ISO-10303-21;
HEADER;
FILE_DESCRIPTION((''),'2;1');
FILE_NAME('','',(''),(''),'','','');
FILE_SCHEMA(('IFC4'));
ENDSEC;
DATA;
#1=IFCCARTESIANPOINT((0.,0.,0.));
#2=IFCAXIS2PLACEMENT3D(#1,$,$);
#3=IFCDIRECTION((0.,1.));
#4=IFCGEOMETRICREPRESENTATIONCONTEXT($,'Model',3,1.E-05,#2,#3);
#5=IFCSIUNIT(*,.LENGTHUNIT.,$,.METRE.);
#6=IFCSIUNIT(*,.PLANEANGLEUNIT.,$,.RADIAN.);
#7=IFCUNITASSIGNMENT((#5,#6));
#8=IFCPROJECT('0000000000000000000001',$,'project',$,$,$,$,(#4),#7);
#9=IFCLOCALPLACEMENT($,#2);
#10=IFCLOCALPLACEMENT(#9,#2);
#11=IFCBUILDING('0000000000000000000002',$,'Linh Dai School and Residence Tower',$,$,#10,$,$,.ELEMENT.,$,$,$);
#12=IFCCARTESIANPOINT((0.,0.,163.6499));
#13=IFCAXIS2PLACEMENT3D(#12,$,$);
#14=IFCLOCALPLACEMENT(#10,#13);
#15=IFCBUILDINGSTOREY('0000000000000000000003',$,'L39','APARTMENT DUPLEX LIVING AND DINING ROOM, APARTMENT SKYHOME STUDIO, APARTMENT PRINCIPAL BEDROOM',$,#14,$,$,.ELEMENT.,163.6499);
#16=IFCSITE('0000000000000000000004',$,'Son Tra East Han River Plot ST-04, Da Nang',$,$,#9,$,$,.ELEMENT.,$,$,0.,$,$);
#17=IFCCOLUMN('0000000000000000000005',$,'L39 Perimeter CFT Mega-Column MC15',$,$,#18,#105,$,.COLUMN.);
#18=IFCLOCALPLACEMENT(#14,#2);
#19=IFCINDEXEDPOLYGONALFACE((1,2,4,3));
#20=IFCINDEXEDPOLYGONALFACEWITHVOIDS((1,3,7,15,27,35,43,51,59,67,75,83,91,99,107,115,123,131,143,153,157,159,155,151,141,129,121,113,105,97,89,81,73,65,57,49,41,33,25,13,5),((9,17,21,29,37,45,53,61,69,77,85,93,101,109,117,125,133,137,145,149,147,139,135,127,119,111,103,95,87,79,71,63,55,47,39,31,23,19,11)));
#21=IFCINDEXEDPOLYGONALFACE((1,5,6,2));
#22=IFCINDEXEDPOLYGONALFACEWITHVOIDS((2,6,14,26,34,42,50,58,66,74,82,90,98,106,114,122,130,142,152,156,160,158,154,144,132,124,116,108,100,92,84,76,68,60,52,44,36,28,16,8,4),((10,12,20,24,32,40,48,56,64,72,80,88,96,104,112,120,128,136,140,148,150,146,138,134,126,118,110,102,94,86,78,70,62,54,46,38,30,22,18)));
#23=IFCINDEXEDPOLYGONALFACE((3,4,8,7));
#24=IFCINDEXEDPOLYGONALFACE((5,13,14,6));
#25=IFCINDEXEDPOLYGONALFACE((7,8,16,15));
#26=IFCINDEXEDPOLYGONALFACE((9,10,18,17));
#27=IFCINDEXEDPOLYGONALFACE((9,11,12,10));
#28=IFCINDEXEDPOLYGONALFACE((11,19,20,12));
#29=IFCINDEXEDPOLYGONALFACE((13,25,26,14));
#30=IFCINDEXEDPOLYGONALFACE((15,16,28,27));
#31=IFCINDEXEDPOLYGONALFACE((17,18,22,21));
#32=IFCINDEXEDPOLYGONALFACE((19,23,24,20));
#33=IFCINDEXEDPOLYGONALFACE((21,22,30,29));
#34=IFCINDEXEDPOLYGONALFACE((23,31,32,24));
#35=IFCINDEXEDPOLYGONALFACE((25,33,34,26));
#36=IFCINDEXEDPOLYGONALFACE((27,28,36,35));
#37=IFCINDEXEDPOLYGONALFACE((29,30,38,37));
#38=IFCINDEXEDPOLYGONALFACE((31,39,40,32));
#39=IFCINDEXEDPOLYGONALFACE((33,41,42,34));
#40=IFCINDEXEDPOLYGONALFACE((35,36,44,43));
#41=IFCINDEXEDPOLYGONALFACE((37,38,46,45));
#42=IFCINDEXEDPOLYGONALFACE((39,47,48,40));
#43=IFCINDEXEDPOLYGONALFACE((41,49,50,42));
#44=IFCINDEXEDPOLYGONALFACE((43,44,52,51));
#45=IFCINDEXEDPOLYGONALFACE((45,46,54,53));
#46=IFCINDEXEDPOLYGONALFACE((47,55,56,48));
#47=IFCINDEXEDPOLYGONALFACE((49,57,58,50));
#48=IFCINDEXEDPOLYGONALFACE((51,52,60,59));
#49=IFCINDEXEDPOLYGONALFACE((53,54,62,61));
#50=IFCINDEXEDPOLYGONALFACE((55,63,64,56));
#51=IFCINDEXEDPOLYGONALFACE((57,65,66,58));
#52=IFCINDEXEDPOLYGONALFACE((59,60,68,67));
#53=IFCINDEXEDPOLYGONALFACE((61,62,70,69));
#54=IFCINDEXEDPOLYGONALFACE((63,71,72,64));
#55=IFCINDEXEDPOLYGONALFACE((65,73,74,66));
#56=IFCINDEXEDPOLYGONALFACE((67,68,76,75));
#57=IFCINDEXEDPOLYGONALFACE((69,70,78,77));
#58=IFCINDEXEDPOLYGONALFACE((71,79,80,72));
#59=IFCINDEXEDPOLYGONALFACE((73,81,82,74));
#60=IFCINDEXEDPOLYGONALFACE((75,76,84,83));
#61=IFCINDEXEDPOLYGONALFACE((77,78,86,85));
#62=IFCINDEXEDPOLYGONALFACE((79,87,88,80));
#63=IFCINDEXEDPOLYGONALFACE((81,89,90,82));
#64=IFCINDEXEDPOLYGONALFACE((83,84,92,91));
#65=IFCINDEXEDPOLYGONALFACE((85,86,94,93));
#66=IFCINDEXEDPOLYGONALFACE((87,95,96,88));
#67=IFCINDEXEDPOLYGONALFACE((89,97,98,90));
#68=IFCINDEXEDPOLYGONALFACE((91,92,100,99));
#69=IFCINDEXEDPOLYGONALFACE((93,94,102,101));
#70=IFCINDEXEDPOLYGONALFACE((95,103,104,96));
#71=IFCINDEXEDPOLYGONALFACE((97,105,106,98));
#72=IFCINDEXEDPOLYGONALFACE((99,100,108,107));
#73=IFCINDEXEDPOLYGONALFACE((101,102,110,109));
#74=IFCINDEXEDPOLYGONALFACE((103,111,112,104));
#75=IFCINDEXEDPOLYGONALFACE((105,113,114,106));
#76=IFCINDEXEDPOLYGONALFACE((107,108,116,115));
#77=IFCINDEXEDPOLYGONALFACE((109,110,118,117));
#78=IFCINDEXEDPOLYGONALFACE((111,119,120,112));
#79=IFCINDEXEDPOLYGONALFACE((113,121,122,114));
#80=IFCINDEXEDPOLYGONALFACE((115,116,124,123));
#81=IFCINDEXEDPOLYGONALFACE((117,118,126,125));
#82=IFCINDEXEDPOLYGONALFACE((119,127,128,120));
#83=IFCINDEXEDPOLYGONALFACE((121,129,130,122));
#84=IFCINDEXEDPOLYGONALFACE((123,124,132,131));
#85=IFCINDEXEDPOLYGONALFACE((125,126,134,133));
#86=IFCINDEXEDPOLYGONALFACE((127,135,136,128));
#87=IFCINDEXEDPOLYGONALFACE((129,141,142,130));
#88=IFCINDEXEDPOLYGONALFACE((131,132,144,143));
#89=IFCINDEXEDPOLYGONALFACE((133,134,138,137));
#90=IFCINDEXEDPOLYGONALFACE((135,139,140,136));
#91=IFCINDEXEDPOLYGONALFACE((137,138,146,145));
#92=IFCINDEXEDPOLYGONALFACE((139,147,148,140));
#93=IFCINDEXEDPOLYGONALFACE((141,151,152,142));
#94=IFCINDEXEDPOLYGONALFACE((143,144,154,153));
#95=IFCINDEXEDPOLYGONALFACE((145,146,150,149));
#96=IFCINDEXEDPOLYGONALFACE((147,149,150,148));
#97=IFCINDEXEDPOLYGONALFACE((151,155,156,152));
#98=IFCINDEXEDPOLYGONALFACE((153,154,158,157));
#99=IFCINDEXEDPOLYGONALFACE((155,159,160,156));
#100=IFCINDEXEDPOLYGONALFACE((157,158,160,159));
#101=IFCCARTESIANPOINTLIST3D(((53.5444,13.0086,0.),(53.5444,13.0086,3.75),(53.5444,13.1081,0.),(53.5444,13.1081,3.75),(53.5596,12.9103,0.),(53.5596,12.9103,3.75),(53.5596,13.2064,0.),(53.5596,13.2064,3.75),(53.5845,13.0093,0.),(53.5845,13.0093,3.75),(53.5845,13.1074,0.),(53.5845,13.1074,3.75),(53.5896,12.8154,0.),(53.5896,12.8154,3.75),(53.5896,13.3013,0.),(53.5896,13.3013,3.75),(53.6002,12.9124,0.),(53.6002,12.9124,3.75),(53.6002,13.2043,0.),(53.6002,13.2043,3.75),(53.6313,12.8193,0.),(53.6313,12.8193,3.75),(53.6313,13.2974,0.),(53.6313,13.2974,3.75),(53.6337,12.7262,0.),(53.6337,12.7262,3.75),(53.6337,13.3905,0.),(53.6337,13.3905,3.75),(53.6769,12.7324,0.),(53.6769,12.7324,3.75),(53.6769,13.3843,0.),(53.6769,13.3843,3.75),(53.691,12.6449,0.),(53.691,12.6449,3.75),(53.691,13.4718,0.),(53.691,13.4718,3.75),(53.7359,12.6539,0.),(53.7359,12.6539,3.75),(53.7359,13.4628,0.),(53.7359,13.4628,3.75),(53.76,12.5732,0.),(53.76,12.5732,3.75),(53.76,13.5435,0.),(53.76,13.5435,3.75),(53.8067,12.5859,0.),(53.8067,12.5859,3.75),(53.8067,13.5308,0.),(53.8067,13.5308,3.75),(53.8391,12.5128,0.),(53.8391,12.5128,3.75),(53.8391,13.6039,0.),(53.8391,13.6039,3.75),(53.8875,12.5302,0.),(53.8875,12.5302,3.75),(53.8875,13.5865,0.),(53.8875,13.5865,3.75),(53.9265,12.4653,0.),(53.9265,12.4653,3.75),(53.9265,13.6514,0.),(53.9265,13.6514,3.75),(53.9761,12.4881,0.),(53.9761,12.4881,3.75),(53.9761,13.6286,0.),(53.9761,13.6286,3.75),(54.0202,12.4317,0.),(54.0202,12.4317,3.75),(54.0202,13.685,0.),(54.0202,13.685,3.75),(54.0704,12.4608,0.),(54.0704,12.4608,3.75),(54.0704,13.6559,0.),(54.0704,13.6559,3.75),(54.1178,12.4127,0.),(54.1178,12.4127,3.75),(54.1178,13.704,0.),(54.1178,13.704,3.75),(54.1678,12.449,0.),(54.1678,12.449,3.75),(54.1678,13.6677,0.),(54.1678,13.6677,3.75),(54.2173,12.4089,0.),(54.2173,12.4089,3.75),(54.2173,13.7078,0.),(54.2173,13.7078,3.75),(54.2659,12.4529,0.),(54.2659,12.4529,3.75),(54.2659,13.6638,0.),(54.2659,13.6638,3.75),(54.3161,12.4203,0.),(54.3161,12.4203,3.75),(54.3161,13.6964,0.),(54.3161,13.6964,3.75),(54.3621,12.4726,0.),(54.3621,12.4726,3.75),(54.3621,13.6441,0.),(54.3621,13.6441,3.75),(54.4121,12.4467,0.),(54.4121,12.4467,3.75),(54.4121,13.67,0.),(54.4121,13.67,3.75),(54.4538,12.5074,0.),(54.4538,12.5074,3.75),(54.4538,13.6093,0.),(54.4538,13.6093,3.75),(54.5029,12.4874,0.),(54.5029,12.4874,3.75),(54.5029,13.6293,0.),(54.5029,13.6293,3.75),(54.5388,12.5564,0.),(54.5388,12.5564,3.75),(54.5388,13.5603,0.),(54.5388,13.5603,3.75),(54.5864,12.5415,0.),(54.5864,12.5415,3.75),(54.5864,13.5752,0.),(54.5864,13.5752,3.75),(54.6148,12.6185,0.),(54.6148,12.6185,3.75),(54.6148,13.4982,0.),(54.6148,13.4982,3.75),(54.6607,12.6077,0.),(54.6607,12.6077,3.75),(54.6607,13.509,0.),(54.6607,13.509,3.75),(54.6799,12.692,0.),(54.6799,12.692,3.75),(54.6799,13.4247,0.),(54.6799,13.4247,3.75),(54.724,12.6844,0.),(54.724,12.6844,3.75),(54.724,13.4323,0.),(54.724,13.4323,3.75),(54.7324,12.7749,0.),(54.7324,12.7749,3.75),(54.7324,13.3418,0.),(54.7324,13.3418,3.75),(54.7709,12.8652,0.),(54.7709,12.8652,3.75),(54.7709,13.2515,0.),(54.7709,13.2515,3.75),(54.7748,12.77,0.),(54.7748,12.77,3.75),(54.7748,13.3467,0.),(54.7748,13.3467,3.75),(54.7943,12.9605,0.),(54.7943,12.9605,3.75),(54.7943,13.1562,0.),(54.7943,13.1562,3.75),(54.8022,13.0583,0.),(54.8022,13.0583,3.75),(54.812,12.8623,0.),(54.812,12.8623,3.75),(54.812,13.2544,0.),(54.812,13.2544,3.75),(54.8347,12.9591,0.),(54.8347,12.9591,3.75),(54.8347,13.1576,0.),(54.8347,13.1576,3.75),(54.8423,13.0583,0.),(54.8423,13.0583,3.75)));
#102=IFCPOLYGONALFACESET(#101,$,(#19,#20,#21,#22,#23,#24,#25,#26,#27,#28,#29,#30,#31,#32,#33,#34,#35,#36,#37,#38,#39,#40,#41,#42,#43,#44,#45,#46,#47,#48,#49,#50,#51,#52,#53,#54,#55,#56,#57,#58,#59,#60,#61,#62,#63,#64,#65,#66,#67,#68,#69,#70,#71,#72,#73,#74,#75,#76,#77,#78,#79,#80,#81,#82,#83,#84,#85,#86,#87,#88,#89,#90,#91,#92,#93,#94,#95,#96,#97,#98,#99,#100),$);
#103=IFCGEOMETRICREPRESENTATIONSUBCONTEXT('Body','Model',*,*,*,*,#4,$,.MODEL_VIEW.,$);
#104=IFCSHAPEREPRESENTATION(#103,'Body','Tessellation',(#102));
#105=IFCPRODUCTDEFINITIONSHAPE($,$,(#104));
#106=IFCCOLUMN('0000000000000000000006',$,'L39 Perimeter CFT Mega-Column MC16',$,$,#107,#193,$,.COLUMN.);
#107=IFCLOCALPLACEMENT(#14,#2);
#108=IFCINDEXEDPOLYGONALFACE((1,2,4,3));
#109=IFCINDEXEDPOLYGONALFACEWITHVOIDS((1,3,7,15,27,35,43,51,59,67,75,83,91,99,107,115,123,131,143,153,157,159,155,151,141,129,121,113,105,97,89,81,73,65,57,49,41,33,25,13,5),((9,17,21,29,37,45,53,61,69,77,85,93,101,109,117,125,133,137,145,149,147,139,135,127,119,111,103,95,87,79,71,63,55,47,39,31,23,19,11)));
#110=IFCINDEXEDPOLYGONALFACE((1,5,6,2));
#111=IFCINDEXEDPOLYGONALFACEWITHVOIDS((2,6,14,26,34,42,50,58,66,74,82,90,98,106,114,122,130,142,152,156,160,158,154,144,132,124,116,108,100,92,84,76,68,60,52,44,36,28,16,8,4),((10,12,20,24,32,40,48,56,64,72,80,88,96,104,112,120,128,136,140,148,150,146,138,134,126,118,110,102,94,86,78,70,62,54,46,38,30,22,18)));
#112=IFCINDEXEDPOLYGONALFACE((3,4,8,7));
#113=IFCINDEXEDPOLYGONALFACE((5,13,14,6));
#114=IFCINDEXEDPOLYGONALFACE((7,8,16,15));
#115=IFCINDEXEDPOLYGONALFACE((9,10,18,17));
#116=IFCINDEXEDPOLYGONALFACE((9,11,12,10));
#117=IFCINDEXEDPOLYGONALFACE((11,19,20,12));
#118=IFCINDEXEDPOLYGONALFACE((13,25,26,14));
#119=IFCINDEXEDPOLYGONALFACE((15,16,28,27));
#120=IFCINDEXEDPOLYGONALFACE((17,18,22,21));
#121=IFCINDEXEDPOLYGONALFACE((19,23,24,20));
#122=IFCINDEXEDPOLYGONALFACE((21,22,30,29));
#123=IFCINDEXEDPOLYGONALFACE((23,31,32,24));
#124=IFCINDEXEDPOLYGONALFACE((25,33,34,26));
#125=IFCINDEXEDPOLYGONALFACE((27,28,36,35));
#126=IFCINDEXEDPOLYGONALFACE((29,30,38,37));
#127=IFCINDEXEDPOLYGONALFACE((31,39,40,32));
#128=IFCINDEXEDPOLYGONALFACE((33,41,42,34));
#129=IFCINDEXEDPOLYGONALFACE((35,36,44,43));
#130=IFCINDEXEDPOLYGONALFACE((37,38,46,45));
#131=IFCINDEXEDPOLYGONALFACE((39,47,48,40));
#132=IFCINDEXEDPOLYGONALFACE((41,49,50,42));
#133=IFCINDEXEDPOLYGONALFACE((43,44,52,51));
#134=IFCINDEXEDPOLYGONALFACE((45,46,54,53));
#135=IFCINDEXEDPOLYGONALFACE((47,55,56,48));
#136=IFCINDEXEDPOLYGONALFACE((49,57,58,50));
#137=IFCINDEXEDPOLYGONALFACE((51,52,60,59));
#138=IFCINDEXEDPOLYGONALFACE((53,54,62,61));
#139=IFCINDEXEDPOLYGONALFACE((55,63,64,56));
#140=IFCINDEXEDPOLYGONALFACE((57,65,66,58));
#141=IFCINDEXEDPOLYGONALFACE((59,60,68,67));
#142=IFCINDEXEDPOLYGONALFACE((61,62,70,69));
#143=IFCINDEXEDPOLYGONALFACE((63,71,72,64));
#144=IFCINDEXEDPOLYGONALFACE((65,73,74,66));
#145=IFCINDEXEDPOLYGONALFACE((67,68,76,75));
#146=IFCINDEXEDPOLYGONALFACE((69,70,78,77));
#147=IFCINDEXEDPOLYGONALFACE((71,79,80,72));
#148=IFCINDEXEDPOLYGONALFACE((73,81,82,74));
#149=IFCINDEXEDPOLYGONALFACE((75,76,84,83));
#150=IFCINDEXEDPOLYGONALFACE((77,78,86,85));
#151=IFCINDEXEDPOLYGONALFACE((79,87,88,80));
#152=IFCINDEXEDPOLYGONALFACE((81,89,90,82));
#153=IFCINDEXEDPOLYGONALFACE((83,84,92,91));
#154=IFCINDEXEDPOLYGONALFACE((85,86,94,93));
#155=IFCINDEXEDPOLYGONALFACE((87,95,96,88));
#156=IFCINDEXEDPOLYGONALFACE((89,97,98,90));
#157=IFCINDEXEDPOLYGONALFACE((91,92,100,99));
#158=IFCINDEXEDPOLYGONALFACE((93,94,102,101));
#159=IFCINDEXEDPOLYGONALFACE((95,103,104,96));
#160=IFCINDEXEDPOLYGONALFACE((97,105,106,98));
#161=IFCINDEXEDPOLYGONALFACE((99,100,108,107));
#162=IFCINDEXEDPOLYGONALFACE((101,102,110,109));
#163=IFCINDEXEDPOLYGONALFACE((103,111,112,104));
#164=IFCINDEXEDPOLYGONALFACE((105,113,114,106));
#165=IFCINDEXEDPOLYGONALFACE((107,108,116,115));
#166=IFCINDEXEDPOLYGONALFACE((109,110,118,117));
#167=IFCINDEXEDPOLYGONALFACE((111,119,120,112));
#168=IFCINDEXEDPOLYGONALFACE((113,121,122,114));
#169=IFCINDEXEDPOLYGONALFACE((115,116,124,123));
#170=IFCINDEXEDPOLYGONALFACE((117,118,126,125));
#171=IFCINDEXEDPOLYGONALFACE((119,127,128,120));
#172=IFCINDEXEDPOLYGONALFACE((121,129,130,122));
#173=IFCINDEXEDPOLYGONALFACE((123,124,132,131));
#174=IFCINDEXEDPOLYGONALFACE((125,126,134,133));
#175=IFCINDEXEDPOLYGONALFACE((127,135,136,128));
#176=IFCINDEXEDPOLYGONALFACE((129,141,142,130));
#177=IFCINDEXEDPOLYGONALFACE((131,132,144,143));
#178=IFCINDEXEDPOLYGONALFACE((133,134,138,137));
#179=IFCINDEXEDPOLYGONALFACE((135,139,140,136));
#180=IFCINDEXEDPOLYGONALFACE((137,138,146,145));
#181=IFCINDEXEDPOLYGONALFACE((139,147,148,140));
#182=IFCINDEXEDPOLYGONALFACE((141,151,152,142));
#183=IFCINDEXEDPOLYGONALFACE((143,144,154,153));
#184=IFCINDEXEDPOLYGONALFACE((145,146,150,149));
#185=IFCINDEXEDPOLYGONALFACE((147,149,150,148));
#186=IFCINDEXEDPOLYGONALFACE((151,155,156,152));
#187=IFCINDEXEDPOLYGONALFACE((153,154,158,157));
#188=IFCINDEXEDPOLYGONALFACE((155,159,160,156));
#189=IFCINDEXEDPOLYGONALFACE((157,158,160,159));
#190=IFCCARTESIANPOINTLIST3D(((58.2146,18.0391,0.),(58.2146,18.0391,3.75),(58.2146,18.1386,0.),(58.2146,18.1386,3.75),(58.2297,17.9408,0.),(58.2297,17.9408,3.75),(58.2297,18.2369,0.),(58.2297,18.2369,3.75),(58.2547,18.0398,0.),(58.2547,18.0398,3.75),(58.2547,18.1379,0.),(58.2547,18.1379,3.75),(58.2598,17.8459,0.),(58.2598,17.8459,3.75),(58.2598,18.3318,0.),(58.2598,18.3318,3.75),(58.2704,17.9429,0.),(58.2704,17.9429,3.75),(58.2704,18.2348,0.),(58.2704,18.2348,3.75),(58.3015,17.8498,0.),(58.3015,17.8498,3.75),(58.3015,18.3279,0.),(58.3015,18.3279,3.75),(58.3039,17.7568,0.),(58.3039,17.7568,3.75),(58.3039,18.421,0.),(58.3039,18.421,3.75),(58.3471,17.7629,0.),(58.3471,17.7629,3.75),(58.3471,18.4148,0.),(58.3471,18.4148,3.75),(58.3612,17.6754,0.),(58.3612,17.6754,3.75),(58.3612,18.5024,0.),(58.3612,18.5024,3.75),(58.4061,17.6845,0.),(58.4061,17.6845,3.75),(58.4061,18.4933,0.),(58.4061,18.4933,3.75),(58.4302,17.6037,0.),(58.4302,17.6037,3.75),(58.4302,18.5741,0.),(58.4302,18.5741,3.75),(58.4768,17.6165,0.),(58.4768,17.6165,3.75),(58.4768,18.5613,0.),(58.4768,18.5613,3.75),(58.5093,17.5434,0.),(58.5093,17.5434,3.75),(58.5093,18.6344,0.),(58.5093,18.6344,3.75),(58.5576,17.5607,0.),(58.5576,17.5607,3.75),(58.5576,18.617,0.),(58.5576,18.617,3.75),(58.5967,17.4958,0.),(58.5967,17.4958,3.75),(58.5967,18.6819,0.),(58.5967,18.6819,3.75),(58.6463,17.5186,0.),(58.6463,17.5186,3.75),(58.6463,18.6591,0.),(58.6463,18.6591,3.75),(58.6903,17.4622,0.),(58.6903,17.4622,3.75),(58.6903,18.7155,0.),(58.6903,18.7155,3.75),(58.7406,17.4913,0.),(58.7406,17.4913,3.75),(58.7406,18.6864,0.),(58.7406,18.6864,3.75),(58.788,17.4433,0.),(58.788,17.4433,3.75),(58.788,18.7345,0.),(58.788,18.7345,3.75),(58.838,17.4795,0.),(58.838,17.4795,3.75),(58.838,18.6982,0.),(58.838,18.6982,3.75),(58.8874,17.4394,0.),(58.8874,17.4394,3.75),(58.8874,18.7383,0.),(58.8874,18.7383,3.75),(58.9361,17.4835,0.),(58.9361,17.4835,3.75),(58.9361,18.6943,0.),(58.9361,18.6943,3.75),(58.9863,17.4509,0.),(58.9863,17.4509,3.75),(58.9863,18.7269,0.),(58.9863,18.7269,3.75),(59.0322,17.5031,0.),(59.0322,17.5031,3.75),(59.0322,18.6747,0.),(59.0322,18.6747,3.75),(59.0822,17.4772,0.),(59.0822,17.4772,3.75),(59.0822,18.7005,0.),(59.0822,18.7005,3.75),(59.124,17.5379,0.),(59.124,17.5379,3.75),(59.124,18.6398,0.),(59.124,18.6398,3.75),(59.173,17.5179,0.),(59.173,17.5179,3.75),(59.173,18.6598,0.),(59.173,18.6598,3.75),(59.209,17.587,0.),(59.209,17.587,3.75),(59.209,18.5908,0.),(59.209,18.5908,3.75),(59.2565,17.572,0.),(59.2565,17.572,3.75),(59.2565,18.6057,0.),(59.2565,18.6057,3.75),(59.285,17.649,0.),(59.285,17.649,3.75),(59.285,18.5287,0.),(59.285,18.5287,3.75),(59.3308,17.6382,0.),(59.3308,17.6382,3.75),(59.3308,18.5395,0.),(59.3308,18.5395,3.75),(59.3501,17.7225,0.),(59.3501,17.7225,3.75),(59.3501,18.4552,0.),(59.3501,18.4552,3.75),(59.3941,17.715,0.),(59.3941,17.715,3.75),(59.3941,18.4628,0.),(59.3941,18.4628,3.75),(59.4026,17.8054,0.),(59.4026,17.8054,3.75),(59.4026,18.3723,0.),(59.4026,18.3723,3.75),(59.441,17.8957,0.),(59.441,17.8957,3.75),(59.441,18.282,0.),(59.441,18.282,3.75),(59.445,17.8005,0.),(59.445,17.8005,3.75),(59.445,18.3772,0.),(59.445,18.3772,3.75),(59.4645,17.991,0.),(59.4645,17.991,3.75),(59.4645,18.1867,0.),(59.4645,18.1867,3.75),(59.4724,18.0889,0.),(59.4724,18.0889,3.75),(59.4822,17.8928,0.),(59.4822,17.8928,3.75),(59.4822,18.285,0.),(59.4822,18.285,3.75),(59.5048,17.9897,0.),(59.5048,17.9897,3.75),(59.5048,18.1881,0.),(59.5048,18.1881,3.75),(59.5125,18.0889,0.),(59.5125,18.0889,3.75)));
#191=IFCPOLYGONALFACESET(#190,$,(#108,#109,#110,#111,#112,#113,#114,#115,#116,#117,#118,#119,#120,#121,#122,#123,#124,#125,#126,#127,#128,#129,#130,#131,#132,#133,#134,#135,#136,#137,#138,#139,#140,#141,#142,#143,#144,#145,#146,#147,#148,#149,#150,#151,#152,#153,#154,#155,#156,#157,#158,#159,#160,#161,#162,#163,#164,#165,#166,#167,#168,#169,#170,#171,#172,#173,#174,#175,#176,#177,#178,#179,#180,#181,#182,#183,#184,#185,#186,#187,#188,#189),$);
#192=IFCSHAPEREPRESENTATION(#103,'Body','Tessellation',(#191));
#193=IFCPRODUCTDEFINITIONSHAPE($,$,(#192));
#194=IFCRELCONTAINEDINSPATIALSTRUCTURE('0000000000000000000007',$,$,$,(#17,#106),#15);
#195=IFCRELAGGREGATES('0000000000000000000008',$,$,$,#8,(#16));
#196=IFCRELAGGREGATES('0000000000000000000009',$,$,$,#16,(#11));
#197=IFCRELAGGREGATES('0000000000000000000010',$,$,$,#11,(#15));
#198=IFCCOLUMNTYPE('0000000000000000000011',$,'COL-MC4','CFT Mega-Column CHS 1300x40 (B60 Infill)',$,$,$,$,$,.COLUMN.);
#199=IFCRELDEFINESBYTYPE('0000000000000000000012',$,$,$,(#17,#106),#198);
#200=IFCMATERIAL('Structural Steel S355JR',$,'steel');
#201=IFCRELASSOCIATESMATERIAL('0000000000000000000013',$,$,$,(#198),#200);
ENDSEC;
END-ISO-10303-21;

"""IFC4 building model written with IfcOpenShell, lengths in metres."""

from ifc_helpers import new_model, si_unit, direction, frame, origin, origin_2d, place, context, subcontext, project, spatial, hollow_circle, extrude, material, material_profile, profile_set, type_object, element, save


model = new_model("IFC4")

# Units and contexts
model_context = context("Model", 3, precision=1e-05, world=origin(), true_north=direction((0.0, 1.0)))
body_context = subcontext(model_context, "Body", "Model", "MODEL_VIEW")
ifc_project = project(units=[si_unit("LENGTHUNIT", "METRE"), si_unit("PLANEANGLEUNIT", "RADIAN")], contexts=[model_context])

# Site, building, storey
site_placement = place(None, origin())
site = spatial("IfcSite", under=ifc_project, at=site_placement, Name="Son Tra East Han River Plot ST-04, Da Nang", CompositionType="ELEMENT", RefElevation=0.0)
building_placement = place(site_placement, origin())
building = spatial("IfcBuilding", under=site, at=building_placement, Name="Linh Dai School and Residence Tower", CompositionType="ELEMENT")
storey_placement = place(building_placement, frame((0.0, 0.0, 163.6499)))
storey = spatial("IfcBuildingStorey", under=building, at=storey_placement, Name="L39", Description="APARTMENT DUPLEX LIVING AND DINING ROOM, APARTMENT SKYHOME STUDIO, APARTMENT PRINCIPAL BEDROOM", CompositionType="ELEMENT", Elevation=163.6499)

# Columns
ifc_material_1 = material(Name="Structural Steel S355JR", Category="steel")
ifc_material_profile_1 = material_profile(ifc_material_1, hollow_circle(Radius=0.6499, WallThickness=0.04, at=origin_2d()), Name="CHS 1300x40")
ifc_profile_set_1 = profile_set([ifc_material_profile_1], Name="Structural Steel S355JR")
column_type = type_object("IfcColumnType", Name="COL-MC4", Description="CFT Mega-Column CHS 1300x40 (B60 Infill)", PredefinedType="COLUMN", material=ifc_profile_set_1)
for number, where, z_axis, x_axis, name in (
    (1, (54.1924, 13.0583, 0.0), (0.0, 0.0, 1.0), (1.0, 0.0, 0.0), "L39 Perimeter CFT Mega-Column MC15"),
    (2, (58.8625, 18.0889, 0.0), (0.0, 0.0, 1.0), (1.0, 0.0, 0.0), "L39 Perimeter CFT Mega-Column MC16"),
):
    element("IfcColumn", number, at=place(storey_placement, frame(where, z_axis=z_axis, x_axis=x_axis)), inside=storey, type_object=column_type, Name=name, PredefinedType="COLUMN", context=body_context, shape_type="SweptSolid", body=[
        extrude(hollow_circle(Radius=0.6499, WallThickness=0.04, at=origin_2d()), origin(), (0.0, 0.0, 1.0), 3.75),
    ])

save(model, "model.ifc")
